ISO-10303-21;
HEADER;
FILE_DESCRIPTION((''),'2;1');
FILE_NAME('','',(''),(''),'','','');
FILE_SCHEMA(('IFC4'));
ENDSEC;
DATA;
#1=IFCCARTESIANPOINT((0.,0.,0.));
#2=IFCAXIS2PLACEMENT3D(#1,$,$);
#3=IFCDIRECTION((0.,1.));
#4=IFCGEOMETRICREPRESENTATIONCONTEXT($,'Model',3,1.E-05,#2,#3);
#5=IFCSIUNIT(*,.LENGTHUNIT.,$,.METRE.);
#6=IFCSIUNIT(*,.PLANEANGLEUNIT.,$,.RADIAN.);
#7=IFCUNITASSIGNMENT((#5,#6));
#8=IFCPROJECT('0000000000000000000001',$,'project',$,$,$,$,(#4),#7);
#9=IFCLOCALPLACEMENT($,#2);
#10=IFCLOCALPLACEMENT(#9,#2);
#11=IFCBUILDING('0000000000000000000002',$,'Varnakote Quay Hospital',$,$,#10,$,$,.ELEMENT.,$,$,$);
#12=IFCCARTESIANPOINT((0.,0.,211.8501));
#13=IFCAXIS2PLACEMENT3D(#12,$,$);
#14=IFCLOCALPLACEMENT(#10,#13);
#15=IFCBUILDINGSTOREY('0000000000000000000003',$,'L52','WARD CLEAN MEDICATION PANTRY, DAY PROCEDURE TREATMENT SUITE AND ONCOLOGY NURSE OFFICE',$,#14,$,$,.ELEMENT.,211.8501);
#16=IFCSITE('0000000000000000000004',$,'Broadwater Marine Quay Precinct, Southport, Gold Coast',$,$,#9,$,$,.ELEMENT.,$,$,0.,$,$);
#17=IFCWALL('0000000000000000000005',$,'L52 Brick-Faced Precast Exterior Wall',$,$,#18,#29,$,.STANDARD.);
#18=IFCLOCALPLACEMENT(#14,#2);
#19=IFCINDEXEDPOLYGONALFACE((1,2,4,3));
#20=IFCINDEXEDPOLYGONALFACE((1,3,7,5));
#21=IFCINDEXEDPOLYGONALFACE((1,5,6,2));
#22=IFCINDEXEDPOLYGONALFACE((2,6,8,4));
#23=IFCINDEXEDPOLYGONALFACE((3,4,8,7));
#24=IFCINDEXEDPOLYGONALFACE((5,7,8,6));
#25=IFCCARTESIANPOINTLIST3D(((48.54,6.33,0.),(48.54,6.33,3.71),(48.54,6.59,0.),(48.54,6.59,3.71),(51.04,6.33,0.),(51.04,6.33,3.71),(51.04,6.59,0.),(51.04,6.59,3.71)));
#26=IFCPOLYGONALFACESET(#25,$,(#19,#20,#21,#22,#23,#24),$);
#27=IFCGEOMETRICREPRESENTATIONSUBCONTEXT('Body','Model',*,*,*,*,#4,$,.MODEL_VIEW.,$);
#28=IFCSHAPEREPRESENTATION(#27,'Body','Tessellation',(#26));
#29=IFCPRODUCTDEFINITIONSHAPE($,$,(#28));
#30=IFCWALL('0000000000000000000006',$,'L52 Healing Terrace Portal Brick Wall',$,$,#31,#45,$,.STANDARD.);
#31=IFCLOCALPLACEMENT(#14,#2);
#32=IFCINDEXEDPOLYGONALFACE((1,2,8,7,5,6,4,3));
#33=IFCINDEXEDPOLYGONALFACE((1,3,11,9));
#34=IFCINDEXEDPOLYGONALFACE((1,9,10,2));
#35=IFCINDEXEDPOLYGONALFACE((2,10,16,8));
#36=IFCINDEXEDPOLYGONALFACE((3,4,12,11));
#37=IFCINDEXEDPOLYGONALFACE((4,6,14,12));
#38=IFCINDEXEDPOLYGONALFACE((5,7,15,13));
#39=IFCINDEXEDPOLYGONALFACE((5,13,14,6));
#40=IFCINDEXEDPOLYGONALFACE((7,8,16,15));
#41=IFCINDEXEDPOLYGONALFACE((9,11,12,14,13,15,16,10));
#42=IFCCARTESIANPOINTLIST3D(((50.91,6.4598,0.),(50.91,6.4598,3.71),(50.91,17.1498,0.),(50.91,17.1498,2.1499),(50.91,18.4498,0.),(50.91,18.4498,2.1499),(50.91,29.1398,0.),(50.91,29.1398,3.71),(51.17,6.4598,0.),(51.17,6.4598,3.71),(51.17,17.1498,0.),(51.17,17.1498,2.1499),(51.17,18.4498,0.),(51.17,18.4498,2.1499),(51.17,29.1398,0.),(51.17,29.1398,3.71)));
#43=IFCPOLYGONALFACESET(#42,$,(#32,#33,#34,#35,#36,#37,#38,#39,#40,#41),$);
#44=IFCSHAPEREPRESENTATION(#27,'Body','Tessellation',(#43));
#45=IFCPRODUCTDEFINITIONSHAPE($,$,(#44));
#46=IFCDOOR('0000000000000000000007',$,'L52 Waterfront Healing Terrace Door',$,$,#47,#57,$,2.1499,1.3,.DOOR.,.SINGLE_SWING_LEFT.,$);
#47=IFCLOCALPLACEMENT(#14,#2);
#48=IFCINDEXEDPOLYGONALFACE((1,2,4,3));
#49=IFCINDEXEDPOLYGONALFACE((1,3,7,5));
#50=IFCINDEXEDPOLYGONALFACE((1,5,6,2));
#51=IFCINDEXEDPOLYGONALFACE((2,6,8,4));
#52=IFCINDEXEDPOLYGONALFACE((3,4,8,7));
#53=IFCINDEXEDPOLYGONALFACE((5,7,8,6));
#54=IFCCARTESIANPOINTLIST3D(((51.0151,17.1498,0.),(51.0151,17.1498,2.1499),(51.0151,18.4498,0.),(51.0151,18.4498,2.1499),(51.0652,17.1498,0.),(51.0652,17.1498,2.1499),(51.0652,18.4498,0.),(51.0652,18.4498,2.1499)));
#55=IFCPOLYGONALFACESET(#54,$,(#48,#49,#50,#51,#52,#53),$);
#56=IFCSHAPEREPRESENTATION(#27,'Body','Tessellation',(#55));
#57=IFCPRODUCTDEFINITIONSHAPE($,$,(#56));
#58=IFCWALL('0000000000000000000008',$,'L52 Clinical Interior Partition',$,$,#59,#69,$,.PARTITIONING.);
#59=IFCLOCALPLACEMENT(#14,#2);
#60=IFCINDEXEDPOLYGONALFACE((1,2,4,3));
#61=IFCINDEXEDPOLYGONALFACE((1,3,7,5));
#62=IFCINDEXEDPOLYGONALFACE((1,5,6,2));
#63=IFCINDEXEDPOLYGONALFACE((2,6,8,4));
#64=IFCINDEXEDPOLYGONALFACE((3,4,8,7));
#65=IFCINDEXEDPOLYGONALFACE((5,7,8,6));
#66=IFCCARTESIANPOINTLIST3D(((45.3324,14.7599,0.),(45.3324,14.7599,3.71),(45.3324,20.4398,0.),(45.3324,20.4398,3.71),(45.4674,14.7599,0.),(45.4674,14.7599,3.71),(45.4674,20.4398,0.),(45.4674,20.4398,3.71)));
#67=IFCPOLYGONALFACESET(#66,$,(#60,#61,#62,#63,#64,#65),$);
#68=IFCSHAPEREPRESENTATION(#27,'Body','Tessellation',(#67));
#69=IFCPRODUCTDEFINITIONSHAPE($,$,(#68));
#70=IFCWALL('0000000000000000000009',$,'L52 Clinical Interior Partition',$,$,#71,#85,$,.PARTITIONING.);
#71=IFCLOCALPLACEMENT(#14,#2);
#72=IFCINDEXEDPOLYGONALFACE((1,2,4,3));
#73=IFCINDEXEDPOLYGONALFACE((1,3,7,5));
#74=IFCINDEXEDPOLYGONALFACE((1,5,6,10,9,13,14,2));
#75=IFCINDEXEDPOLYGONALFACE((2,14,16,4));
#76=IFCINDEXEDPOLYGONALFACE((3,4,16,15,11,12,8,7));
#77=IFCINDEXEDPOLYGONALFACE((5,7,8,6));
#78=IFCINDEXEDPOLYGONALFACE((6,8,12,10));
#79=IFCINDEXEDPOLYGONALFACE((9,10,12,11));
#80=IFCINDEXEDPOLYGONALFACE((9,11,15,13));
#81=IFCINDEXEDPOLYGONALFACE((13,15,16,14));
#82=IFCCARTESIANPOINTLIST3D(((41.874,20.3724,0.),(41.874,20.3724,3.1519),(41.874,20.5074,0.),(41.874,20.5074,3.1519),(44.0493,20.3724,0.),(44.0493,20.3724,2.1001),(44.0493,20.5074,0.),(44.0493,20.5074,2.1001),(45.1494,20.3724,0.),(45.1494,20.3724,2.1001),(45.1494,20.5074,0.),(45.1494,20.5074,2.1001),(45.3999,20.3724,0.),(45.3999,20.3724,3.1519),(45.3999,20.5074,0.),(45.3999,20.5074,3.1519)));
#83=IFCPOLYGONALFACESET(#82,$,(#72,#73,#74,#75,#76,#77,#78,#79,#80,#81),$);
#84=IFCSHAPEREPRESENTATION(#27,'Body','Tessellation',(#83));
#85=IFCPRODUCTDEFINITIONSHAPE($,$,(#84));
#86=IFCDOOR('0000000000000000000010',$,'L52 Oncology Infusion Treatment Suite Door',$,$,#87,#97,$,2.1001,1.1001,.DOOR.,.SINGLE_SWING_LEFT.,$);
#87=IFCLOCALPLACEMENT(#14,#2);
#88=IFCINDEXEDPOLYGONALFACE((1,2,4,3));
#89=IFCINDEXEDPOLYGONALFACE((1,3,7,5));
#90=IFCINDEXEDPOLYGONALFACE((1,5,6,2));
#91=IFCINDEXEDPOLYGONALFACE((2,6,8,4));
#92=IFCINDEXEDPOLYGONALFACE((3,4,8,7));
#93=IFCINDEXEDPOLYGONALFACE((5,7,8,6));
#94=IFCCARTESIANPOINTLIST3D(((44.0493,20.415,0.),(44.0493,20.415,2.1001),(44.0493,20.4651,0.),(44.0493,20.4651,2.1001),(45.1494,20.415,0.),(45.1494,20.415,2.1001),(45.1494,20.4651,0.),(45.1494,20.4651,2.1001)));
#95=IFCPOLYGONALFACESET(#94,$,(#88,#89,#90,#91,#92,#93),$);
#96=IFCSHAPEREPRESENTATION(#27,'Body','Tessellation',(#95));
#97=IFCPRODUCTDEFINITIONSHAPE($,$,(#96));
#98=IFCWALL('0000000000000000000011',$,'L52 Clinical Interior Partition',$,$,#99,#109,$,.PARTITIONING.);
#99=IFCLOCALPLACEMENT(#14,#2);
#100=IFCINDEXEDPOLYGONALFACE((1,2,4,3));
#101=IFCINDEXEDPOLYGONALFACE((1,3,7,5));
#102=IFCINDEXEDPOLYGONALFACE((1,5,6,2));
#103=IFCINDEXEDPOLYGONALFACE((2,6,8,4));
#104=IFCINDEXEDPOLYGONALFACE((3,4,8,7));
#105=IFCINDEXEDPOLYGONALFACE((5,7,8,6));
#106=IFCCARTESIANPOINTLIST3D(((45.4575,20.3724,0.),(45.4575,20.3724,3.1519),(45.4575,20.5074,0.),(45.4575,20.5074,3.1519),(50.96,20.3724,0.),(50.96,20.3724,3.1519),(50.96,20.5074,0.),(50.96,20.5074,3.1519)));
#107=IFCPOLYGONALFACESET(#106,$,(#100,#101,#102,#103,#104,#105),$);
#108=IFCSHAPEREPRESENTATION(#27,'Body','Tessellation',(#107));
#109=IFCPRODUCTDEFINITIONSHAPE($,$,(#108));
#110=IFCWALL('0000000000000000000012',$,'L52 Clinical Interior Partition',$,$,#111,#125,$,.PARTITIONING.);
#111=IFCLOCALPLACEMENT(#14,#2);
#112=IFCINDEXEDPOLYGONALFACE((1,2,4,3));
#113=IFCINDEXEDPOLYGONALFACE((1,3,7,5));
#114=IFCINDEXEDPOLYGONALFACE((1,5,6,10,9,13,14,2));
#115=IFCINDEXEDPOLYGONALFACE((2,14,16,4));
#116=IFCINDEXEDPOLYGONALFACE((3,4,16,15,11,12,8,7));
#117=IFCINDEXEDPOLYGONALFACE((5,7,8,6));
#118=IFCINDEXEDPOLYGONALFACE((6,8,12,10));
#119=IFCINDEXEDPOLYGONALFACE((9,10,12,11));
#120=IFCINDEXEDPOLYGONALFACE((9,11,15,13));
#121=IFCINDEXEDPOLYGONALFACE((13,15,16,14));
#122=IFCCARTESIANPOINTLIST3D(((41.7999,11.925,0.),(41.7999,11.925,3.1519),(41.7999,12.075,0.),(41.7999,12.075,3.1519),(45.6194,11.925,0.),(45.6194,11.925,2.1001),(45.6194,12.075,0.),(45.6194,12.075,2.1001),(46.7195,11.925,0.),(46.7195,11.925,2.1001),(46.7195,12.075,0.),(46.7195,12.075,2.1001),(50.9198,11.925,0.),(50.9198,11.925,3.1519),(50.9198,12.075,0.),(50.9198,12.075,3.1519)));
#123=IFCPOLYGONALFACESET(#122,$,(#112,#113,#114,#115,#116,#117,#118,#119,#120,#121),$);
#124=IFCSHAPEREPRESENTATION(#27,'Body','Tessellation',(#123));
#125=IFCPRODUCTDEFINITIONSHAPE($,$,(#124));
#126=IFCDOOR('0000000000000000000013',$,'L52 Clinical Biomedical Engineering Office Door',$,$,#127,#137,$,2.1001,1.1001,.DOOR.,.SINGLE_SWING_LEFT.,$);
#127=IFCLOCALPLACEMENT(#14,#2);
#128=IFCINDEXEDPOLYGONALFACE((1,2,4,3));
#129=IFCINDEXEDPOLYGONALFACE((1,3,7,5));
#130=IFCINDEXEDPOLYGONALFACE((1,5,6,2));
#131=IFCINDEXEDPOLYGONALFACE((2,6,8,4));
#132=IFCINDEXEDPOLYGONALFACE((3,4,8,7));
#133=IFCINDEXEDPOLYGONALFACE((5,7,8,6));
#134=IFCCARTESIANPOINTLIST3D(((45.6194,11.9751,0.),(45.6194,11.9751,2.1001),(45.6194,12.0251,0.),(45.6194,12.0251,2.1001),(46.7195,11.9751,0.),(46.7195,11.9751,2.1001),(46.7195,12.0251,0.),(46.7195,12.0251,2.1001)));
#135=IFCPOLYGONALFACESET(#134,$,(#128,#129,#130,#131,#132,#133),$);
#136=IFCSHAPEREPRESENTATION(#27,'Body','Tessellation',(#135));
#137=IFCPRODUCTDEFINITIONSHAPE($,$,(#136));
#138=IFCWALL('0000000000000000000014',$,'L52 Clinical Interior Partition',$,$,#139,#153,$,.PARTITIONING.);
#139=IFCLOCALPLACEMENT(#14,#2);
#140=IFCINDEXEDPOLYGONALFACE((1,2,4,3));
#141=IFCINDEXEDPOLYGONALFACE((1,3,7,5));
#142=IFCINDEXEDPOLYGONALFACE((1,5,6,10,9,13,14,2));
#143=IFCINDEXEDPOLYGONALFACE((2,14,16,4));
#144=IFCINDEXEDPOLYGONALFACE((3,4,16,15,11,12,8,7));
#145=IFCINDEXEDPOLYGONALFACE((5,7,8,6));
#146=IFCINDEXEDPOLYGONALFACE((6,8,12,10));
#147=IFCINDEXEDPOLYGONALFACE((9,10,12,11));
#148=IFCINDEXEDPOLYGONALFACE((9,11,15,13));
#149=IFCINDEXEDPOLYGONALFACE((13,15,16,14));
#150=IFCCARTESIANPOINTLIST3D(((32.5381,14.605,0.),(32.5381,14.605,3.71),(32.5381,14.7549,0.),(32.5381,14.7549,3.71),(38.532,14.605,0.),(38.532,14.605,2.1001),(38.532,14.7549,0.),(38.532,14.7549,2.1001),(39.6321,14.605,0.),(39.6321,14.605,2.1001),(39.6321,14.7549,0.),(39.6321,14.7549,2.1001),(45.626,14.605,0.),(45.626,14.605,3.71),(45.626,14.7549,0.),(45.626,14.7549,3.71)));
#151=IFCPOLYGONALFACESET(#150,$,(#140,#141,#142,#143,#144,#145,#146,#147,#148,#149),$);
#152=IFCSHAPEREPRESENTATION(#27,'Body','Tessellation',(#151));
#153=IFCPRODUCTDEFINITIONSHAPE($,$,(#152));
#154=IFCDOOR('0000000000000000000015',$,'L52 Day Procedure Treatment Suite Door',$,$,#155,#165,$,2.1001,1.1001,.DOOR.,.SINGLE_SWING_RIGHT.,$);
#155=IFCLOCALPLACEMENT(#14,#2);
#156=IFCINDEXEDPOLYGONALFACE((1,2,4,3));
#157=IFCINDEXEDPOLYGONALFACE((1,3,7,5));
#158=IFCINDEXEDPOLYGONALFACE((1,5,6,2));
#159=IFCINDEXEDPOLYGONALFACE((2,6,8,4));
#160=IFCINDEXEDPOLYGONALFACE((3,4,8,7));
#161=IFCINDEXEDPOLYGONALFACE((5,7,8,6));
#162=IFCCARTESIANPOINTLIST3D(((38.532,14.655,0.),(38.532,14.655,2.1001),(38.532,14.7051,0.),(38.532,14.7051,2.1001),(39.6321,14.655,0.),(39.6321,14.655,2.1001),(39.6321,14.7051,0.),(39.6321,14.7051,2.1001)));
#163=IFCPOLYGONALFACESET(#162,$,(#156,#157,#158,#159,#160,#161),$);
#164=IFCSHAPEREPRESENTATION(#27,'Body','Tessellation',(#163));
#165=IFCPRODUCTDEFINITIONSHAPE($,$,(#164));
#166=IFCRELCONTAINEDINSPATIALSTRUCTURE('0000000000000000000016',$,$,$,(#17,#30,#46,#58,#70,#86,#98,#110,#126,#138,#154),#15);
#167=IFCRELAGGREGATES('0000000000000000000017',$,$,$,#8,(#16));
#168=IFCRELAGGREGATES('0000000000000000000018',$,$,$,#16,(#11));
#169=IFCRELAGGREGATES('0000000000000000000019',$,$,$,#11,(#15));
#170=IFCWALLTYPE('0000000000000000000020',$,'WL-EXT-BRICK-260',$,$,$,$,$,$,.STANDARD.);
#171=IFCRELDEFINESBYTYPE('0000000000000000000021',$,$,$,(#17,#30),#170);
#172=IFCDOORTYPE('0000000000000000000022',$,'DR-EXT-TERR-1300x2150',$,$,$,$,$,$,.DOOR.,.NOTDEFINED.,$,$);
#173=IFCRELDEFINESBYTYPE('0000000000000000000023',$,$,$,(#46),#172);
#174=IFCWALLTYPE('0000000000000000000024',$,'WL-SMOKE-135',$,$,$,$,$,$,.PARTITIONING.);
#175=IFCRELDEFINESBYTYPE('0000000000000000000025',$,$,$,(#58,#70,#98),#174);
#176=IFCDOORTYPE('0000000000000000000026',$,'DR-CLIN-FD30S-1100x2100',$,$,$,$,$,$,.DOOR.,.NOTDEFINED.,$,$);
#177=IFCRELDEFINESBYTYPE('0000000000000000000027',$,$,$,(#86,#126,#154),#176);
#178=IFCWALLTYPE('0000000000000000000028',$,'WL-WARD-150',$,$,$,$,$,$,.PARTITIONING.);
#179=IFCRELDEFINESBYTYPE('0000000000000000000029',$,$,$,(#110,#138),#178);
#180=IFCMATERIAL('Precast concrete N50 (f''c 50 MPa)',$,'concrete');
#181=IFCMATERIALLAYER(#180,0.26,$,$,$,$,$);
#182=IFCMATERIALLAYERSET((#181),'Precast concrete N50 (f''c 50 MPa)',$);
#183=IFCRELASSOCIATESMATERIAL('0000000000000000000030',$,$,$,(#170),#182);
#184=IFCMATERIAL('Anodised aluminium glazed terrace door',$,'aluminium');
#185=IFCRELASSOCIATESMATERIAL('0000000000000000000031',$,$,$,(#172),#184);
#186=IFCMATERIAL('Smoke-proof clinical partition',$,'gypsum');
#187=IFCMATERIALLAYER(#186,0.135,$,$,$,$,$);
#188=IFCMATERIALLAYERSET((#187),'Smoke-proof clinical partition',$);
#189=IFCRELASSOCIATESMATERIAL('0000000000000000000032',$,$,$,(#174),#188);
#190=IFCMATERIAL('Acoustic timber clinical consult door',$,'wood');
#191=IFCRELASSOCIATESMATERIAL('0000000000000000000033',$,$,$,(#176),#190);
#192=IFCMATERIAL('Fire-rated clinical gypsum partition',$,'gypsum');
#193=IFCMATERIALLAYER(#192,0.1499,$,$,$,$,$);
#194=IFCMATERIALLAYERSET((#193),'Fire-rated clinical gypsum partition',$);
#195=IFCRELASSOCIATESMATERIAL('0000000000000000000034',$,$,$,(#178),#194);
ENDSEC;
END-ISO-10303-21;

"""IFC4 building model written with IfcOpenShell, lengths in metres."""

from ifc_helpers import new_model, si_unit, direction, frame, frame_2d, origin, place, context, subcontext, project, spatial, rectangle, extrude, material, layer, layer_set, type_object, element, fill, save


model = new_model("IFC4")

# Units and contexts
model_context = context("Model", 3, precision=1e-05, world=origin(), true_north=direction((0.0, 1.0)))
body_context = subcontext(model_context, "Body", "Model", "MODEL_VIEW")
ifc_project = project(units=[si_unit("LENGTHUNIT", "METRE"), si_unit("PLANEANGLEUNIT", "RADIAN")], contexts=[model_context])

# Site, building, storey
site_placement = place(None, origin())
site = spatial("IfcSite", under=ifc_project, at=site_placement, Name="Broadwater Marine Quay Precinct, Southport, Gold Coast", CompositionType="ELEMENT", RefElevation=0.0)
building_placement = place(site_placement, origin())
building = spatial("IfcBuilding", under=site, at=building_placement, Name="Varnakote Quay Hospital", CompositionType="ELEMENT")
storey_placement = place(building_placement, frame((0.0, 0.0, 211.8501)))
storey = spatial("IfcBuildingStorey", under=building, at=storey_placement, Name="L52", Description="WARD CLEAN MEDICATION PANTRY, DAY PROCEDURE TREATMENT SUITE AND ONCOLOGY NURSE OFFICE", CompositionType="ELEMENT", Elevation=211.8501)

# Wall
ifc_material_1 = material(Name="Precast concrete N50 (f'c 50 MPa)", Category="concrete")
ifc_layer_1 = layer(ifc_material_1, 0.26)
ifc_layer_set_1 = layer_set([ifc_layer_1], Name="Precast concrete N50 (f'c 50 MPa)")
wall_type_1 = type_object("IfcWallType", Name="WL-EXT-BRICK-260", PredefinedType="STANDARD", material=ifc_layer_set_1)
wall_1_placement = place(storey_placement, frame((48.54, 6.46, 0.0), z_axis=(0.0, 0.0, 1.0), x_axis=(1.0, 0.0, 0.0)))
element("IfcWall", 1, at=wall_1_placement, inside=storey, type_object=wall_type_1, Name="L52 Brick-Faced Precast Exterior Wall", PredefinedType="STANDARD", context=body_context, shape_type="SweptSolid", body=[
    extrude(rectangle(XDim=2.5, YDim=0.26, at=frame_2d((1.25, 0.0))), origin(), (0.0, 0.0, 1.0), 3.71),
])

# Wall, opening, door
wall_2_placement = place(storey_placement, frame((51.04, 6.46, 0.0), z_axis=(0.0, 0.0, 1.0), x_axis=(0.0, 1.0, 0.0)))
wall_2 = element("IfcWall", 2, at=wall_2_placement, inside=storey, type_object=wall_type_1, Name="L52 Healing Terrace Portal Brick Wall", PredefinedType="STANDARD", context=body_context, shape_type="SweptSolid", body=[
    extrude(rectangle(XDim=22.6799, YDim=0.26, at=frame_2d((11.3398, 0.0))), origin(), (0.0, 0.0, 1.0), 3.71),
])
opening_1_placement = place(wall_2_placement, frame((10.6899, 0.0, 0.0)))
opening_1 = element("IfcOpeningElement", 3, at=opening_1_placement, cuts=wall_2, PredefinedType="OPENING", context=body_context, shape_type="SweptSolid", body=[
    extrude(rectangle(XDim=1.3, YDim=2.1499, at=frame_2d((0.6499, 1.075))), frame((0.0, 0.1399, 0.0), z_axis=(0.0, -1.0, 0.0), x_axis=(1.0, 0.0, 0.0)), (0.0, 0.0, 1.0), 0.28),
])
ifc_material_2 = material(Name="Anodised aluminium glazed terrace door", Category="aluminium")
door_type_1 = type_object("IfcDoorType", Name="DR-EXT-TERR-1300x2150", OperationType="NOTDEFINED", PredefinedType="DOOR", material=ifc_material_2)
door_1_placement = place(opening_1_placement, origin())
door_1 = element("IfcDoor", 4, at=door_1_placement, inside=storey, type_object=door_type_1, Name="L52 Waterfront Healing Terrace Door", OperationType="SINGLE_SWING_LEFT", OverallHeight=2.1499, OverallWidth=1.3, PredefinedType="DOOR", context=body_context, shape_type="SweptSolid", body=[
    extrude(rectangle(XDim=1.3, YDim=2.1499, at=frame_2d((0.6499, 1.075))), frame((0.0, 0.0249, 0.0), z_axis=(0.0, -1.0, 0.0), x_axis=(1.0, 0.0, 0.0)), (0.0, 0.0, 1.0), 0.05),
])
fill(opening_1, door_1)

# Wall
ifc_material_3 = material(Name="Smoke-proof clinical partition", Category="gypsum")
ifc_layer_2 = layer(ifc_material_3, 0.135)
ifc_layer_set_2 = layer_set([ifc_layer_2], Name="Smoke-proof clinical partition")
wall_type_2 = type_object("IfcWallType", Name="WL-SMOKE-135", PredefinedType="PARTITIONING", material=ifc_layer_set_2)
wall_3_placement = place(storey_placement, frame((45.3999, 14.76, 0.0), z_axis=(0.0, 0.0, 1.0), x_axis=(0.0, 1.0, 0.0)))
element("IfcWall", 5, at=wall_3_placement, inside=storey, type_object=wall_type_2, Name="L52 Clinical Interior Partition", PredefinedType="PARTITIONING", context=body_context, shape_type="SweptSolid", body=[
    extrude(rectangle(XDim=5.6799, YDim=0.135, at=frame_2d((2.8398, 0.0))), origin(), (0.0, 0.0, 1.0), 3.71),
])

# Wall, opening, door
wall_4_placement = place(storey_placement, frame((45.3999, 20.4399, 0.0), z_axis=(0.0, 0.0, 1.0), x_axis=(-1.0, 0.0, 0.0)))
wall_4 = element("IfcWall", 6, at=wall_4_placement, inside=storey, type_object=wall_type_2, Name="L52 Clinical Interior Partition", PredefinedType="PARTITIONING", context=body_context, shape_type="SweptSolid", body=[
    extrude(rectangle(XDim=3.5259, YDim=0.135, at=frame_2d((1.7629, 0.0))), origin(), (0.0, 0.0, 1.0), 3.1519),
])
opening_2_placement = place(wall_4_placement, frame((0.2505, 0.0, 0.0)))
opening_2 = element("IfcOpeningElement", 7, at=opening_2_placement, cuts=wall_4, PredefinedType="OPENING", context=body_context, shape_type="SweptSolid", body=[
    extrude(rectangle(XDim=1.1001, YDim=2.1001, at=frame_2d((0.55, 1.05))), frame((0.0, 0.0774, 0.0), z_axis=(0.0, -1.0, 0.0), x_axis=(1.0, 0.0, 0.0)), (0.0, 0.0, 1.0), 0.155),
])
ifc_material_4 = material(Name="Acoustic timber clinical consult door", Category="wood")
door_type_2 = type_object("IfcDoorType", Name="DR-CLIN-FD30S-1100x2100", OperationType="NOTDEFINED", PredefinedType="DOOR", material=ifc_material_4)
door_2_placement = place(opening_2_placement, origin())
door_2 = element("IfcDoor", 8, at=door_2_placement, inside=storey, type_object=door_type_2, Name="L52 Oncology Infusion Treatment Suite Door", OperationType="SINGLE_SWING_LEFT", OverallHeight=2.1001, OverallWidth=1.1001, PredefinedType="DOOR", context=body_context, shape_type="SweptSolid", body=[
    extrude(rectangle(XDim=1.1001, YDim=2.1001, at=frame_2d((0.55, 1.05))), frame((0.0, 0.0249, 0.0), z_axis=(0.0, -1.0, 0.0), x_axis=(1.0, 0.0, 0.0)), (0.0, 0.0, 1.0), 0.05),
])
fill(opening_2, door_2)

# Wall
wall_5_placement = place(storey_placement, frame((50.96, 20.4399, 0.0), z_axis=(0.0, 0.0, 1.0), x_axis=(-1.0, 0.0, 0.0)))
element("IfcWall", 9, at=wall_5_placement, inside=storey, type_object=wall_type_2, Name="L52 Clinical Interior Partition", PredefinedType="PARTITIONING", context=body_context, shape_type="SweptSolid", body=[
    extrude(rectangle(XDim=5.5024, YDim=0.135, at=frame_2d((2.7512, 0.0))), origin(), (0.0, 0.0, 1.0), 3.1519),
])

# Walls, openings, doors
ifc_material_5 = material(Name="Fire-rated clinical gypsum partition", Category="gypsum")
ifc_layer_3 = layer(ifc_material_5, 0.1499)
ifc_layer_set_3 = layer_set([ifc_layer_3], Name="Fire-rated clinical gypsum partition")
wall_type_3 = type_object("IfcWallType", Name="WL-WARD-150", PredefinedType="PARTITIONING", material=ifc_layer_set_3)
wall_6_placement = place(storey_placement, frame((50.9199, 12.0, 0.0), z_axis=(0.0, 0.0, 1.0), x_axis=(-1.0, 0.0, 0.0)))
wall_6 = element("IfcWall", 10, at=wall_6_placement, inside=storey, type_object=wall_type_3, Name="L52 Clinical Interior Partition", PredefinedType="PARTITIONING", context=body_context, shape_type="SweptSolid", body=[
    extrude(rectangle(XDim=9.1199, YDim=0.1499, at=frame_2d((4.5601, 0.0))), origin(), (0.0, 0.0, 1.0), 3.1519),
])
opening_3_placement = place(wall_6_placement, frame((4.2004, 0.0, 0.0)))
opening_3 = element("IfcOpeningElement", 11, at=opening_3_placement, cuts=wall_6, PredefinedType="OPENING", context=body_context, shape_type="SweptSolid", body=[
    extrude(rectangle(XDim=1.1001, YDim=2.1001, at=frame_2d((0.55, 1.05))), frame((0.0, 0.085, 0.0), z_axis=(0.0, -1.0, 0.0), x_axis=(1.0, 0.0, 0.0)), (0.0, 0.0, 1.0), 0.1699),
])
door_3_placement = place(opening_3_placement, origin())
door_3 = element("IfcDoor", 12, at=door_3_placement, inside=storey, type_object=door_type_2, Name="L52 Clinical Biomedical Engineering Office Door", OperationType="SINGLE_SWING_LEFT", OverallHeight=2.1001, OverallWidth=1.1001, PredefinedType="DOOR", context=body_context, shape_type="SweptSolid", body=[
    extrude(rectangle(XDim=1.1001, YDim=2.1001, at=frame_2d((0.55, 1.05))), frame((0.0, 0.0249, 0.0), z_axis=(0.0, -1.0, 0.0), x_axis=(1.0, 0.0, 0.0)), (0.0, 0.0, 1.0), 0.05),
])
fill(opening_3, door_3)
wall_7_placement = place(storey_placement, frame((45.626, 14.6799, 0.0), z_axis=(0.0, 0.0, 1.0), x_axis=(-1.0, 0.0, 0.0)))
wall_7 = element("IfcWall", 13, at=wall_7_placement, inside=storey, type_object=wall_type_3, Name="L52 Clinical Interior Partition", PredefinedType="PARTITIONING", context=body_context, shape_type="SweptSolid", body=[
    extrude(rectangle(XDim=13.0879, YDim=0.1499, at=frame_2d((6.5439, 0.0))), origin(), (0.0, 0.0, 1.0), 3.71),
])
opening_4_placement = place(wall_7_placement, frame((5.9939, 0.0, 0.0)))
opening_4 = element("IfcOpeningElement", 14, at=opening_4_placement, cuts=wall_7, PredefinedType="OPENING", context=body_context, shape_type="SweptSolid", body=[
    extrude(rectangle(XDim=1.1001, YDim=2.1001, at=frame_2d((0.55, 1.05))), frame((0.0, 0.085, 0.0), z_axis=(0.0, -1.0, 0.0), x_axis=(1.0, 0.0, 0.0)), (0.0, 0.0, 1.0), 0.1699),
])
door_4_placement = place(opening_4_placement, origin())
door_4 = element("IfcDoor", 15, at=door_4_placement, inside=storey, type_object=door_type_2, Name="L52 Day Procedure Treatment Suite Door", OperationType="SINGLE_SWING_RIGHT", OverallHeight=2.1001, OverallWidth=1.1001, PredefinedType="DOOR", context=body_context, shape_type="SweptSolid", body=[
    extrude(rectangle(XDim=1.1001, YDim=2.1001, at=frame_2d((0.55, 1.05))), frame((0.0, 0.0249, 0.0), z_axis=(0.0, -1.0, 0.0), x_axis=(1.0, 0.0, 0.0)), (0.0, 0.0, 1.0), 0.05),
])
fill(opening_4, door_4)

save(model, "model.ifc")
